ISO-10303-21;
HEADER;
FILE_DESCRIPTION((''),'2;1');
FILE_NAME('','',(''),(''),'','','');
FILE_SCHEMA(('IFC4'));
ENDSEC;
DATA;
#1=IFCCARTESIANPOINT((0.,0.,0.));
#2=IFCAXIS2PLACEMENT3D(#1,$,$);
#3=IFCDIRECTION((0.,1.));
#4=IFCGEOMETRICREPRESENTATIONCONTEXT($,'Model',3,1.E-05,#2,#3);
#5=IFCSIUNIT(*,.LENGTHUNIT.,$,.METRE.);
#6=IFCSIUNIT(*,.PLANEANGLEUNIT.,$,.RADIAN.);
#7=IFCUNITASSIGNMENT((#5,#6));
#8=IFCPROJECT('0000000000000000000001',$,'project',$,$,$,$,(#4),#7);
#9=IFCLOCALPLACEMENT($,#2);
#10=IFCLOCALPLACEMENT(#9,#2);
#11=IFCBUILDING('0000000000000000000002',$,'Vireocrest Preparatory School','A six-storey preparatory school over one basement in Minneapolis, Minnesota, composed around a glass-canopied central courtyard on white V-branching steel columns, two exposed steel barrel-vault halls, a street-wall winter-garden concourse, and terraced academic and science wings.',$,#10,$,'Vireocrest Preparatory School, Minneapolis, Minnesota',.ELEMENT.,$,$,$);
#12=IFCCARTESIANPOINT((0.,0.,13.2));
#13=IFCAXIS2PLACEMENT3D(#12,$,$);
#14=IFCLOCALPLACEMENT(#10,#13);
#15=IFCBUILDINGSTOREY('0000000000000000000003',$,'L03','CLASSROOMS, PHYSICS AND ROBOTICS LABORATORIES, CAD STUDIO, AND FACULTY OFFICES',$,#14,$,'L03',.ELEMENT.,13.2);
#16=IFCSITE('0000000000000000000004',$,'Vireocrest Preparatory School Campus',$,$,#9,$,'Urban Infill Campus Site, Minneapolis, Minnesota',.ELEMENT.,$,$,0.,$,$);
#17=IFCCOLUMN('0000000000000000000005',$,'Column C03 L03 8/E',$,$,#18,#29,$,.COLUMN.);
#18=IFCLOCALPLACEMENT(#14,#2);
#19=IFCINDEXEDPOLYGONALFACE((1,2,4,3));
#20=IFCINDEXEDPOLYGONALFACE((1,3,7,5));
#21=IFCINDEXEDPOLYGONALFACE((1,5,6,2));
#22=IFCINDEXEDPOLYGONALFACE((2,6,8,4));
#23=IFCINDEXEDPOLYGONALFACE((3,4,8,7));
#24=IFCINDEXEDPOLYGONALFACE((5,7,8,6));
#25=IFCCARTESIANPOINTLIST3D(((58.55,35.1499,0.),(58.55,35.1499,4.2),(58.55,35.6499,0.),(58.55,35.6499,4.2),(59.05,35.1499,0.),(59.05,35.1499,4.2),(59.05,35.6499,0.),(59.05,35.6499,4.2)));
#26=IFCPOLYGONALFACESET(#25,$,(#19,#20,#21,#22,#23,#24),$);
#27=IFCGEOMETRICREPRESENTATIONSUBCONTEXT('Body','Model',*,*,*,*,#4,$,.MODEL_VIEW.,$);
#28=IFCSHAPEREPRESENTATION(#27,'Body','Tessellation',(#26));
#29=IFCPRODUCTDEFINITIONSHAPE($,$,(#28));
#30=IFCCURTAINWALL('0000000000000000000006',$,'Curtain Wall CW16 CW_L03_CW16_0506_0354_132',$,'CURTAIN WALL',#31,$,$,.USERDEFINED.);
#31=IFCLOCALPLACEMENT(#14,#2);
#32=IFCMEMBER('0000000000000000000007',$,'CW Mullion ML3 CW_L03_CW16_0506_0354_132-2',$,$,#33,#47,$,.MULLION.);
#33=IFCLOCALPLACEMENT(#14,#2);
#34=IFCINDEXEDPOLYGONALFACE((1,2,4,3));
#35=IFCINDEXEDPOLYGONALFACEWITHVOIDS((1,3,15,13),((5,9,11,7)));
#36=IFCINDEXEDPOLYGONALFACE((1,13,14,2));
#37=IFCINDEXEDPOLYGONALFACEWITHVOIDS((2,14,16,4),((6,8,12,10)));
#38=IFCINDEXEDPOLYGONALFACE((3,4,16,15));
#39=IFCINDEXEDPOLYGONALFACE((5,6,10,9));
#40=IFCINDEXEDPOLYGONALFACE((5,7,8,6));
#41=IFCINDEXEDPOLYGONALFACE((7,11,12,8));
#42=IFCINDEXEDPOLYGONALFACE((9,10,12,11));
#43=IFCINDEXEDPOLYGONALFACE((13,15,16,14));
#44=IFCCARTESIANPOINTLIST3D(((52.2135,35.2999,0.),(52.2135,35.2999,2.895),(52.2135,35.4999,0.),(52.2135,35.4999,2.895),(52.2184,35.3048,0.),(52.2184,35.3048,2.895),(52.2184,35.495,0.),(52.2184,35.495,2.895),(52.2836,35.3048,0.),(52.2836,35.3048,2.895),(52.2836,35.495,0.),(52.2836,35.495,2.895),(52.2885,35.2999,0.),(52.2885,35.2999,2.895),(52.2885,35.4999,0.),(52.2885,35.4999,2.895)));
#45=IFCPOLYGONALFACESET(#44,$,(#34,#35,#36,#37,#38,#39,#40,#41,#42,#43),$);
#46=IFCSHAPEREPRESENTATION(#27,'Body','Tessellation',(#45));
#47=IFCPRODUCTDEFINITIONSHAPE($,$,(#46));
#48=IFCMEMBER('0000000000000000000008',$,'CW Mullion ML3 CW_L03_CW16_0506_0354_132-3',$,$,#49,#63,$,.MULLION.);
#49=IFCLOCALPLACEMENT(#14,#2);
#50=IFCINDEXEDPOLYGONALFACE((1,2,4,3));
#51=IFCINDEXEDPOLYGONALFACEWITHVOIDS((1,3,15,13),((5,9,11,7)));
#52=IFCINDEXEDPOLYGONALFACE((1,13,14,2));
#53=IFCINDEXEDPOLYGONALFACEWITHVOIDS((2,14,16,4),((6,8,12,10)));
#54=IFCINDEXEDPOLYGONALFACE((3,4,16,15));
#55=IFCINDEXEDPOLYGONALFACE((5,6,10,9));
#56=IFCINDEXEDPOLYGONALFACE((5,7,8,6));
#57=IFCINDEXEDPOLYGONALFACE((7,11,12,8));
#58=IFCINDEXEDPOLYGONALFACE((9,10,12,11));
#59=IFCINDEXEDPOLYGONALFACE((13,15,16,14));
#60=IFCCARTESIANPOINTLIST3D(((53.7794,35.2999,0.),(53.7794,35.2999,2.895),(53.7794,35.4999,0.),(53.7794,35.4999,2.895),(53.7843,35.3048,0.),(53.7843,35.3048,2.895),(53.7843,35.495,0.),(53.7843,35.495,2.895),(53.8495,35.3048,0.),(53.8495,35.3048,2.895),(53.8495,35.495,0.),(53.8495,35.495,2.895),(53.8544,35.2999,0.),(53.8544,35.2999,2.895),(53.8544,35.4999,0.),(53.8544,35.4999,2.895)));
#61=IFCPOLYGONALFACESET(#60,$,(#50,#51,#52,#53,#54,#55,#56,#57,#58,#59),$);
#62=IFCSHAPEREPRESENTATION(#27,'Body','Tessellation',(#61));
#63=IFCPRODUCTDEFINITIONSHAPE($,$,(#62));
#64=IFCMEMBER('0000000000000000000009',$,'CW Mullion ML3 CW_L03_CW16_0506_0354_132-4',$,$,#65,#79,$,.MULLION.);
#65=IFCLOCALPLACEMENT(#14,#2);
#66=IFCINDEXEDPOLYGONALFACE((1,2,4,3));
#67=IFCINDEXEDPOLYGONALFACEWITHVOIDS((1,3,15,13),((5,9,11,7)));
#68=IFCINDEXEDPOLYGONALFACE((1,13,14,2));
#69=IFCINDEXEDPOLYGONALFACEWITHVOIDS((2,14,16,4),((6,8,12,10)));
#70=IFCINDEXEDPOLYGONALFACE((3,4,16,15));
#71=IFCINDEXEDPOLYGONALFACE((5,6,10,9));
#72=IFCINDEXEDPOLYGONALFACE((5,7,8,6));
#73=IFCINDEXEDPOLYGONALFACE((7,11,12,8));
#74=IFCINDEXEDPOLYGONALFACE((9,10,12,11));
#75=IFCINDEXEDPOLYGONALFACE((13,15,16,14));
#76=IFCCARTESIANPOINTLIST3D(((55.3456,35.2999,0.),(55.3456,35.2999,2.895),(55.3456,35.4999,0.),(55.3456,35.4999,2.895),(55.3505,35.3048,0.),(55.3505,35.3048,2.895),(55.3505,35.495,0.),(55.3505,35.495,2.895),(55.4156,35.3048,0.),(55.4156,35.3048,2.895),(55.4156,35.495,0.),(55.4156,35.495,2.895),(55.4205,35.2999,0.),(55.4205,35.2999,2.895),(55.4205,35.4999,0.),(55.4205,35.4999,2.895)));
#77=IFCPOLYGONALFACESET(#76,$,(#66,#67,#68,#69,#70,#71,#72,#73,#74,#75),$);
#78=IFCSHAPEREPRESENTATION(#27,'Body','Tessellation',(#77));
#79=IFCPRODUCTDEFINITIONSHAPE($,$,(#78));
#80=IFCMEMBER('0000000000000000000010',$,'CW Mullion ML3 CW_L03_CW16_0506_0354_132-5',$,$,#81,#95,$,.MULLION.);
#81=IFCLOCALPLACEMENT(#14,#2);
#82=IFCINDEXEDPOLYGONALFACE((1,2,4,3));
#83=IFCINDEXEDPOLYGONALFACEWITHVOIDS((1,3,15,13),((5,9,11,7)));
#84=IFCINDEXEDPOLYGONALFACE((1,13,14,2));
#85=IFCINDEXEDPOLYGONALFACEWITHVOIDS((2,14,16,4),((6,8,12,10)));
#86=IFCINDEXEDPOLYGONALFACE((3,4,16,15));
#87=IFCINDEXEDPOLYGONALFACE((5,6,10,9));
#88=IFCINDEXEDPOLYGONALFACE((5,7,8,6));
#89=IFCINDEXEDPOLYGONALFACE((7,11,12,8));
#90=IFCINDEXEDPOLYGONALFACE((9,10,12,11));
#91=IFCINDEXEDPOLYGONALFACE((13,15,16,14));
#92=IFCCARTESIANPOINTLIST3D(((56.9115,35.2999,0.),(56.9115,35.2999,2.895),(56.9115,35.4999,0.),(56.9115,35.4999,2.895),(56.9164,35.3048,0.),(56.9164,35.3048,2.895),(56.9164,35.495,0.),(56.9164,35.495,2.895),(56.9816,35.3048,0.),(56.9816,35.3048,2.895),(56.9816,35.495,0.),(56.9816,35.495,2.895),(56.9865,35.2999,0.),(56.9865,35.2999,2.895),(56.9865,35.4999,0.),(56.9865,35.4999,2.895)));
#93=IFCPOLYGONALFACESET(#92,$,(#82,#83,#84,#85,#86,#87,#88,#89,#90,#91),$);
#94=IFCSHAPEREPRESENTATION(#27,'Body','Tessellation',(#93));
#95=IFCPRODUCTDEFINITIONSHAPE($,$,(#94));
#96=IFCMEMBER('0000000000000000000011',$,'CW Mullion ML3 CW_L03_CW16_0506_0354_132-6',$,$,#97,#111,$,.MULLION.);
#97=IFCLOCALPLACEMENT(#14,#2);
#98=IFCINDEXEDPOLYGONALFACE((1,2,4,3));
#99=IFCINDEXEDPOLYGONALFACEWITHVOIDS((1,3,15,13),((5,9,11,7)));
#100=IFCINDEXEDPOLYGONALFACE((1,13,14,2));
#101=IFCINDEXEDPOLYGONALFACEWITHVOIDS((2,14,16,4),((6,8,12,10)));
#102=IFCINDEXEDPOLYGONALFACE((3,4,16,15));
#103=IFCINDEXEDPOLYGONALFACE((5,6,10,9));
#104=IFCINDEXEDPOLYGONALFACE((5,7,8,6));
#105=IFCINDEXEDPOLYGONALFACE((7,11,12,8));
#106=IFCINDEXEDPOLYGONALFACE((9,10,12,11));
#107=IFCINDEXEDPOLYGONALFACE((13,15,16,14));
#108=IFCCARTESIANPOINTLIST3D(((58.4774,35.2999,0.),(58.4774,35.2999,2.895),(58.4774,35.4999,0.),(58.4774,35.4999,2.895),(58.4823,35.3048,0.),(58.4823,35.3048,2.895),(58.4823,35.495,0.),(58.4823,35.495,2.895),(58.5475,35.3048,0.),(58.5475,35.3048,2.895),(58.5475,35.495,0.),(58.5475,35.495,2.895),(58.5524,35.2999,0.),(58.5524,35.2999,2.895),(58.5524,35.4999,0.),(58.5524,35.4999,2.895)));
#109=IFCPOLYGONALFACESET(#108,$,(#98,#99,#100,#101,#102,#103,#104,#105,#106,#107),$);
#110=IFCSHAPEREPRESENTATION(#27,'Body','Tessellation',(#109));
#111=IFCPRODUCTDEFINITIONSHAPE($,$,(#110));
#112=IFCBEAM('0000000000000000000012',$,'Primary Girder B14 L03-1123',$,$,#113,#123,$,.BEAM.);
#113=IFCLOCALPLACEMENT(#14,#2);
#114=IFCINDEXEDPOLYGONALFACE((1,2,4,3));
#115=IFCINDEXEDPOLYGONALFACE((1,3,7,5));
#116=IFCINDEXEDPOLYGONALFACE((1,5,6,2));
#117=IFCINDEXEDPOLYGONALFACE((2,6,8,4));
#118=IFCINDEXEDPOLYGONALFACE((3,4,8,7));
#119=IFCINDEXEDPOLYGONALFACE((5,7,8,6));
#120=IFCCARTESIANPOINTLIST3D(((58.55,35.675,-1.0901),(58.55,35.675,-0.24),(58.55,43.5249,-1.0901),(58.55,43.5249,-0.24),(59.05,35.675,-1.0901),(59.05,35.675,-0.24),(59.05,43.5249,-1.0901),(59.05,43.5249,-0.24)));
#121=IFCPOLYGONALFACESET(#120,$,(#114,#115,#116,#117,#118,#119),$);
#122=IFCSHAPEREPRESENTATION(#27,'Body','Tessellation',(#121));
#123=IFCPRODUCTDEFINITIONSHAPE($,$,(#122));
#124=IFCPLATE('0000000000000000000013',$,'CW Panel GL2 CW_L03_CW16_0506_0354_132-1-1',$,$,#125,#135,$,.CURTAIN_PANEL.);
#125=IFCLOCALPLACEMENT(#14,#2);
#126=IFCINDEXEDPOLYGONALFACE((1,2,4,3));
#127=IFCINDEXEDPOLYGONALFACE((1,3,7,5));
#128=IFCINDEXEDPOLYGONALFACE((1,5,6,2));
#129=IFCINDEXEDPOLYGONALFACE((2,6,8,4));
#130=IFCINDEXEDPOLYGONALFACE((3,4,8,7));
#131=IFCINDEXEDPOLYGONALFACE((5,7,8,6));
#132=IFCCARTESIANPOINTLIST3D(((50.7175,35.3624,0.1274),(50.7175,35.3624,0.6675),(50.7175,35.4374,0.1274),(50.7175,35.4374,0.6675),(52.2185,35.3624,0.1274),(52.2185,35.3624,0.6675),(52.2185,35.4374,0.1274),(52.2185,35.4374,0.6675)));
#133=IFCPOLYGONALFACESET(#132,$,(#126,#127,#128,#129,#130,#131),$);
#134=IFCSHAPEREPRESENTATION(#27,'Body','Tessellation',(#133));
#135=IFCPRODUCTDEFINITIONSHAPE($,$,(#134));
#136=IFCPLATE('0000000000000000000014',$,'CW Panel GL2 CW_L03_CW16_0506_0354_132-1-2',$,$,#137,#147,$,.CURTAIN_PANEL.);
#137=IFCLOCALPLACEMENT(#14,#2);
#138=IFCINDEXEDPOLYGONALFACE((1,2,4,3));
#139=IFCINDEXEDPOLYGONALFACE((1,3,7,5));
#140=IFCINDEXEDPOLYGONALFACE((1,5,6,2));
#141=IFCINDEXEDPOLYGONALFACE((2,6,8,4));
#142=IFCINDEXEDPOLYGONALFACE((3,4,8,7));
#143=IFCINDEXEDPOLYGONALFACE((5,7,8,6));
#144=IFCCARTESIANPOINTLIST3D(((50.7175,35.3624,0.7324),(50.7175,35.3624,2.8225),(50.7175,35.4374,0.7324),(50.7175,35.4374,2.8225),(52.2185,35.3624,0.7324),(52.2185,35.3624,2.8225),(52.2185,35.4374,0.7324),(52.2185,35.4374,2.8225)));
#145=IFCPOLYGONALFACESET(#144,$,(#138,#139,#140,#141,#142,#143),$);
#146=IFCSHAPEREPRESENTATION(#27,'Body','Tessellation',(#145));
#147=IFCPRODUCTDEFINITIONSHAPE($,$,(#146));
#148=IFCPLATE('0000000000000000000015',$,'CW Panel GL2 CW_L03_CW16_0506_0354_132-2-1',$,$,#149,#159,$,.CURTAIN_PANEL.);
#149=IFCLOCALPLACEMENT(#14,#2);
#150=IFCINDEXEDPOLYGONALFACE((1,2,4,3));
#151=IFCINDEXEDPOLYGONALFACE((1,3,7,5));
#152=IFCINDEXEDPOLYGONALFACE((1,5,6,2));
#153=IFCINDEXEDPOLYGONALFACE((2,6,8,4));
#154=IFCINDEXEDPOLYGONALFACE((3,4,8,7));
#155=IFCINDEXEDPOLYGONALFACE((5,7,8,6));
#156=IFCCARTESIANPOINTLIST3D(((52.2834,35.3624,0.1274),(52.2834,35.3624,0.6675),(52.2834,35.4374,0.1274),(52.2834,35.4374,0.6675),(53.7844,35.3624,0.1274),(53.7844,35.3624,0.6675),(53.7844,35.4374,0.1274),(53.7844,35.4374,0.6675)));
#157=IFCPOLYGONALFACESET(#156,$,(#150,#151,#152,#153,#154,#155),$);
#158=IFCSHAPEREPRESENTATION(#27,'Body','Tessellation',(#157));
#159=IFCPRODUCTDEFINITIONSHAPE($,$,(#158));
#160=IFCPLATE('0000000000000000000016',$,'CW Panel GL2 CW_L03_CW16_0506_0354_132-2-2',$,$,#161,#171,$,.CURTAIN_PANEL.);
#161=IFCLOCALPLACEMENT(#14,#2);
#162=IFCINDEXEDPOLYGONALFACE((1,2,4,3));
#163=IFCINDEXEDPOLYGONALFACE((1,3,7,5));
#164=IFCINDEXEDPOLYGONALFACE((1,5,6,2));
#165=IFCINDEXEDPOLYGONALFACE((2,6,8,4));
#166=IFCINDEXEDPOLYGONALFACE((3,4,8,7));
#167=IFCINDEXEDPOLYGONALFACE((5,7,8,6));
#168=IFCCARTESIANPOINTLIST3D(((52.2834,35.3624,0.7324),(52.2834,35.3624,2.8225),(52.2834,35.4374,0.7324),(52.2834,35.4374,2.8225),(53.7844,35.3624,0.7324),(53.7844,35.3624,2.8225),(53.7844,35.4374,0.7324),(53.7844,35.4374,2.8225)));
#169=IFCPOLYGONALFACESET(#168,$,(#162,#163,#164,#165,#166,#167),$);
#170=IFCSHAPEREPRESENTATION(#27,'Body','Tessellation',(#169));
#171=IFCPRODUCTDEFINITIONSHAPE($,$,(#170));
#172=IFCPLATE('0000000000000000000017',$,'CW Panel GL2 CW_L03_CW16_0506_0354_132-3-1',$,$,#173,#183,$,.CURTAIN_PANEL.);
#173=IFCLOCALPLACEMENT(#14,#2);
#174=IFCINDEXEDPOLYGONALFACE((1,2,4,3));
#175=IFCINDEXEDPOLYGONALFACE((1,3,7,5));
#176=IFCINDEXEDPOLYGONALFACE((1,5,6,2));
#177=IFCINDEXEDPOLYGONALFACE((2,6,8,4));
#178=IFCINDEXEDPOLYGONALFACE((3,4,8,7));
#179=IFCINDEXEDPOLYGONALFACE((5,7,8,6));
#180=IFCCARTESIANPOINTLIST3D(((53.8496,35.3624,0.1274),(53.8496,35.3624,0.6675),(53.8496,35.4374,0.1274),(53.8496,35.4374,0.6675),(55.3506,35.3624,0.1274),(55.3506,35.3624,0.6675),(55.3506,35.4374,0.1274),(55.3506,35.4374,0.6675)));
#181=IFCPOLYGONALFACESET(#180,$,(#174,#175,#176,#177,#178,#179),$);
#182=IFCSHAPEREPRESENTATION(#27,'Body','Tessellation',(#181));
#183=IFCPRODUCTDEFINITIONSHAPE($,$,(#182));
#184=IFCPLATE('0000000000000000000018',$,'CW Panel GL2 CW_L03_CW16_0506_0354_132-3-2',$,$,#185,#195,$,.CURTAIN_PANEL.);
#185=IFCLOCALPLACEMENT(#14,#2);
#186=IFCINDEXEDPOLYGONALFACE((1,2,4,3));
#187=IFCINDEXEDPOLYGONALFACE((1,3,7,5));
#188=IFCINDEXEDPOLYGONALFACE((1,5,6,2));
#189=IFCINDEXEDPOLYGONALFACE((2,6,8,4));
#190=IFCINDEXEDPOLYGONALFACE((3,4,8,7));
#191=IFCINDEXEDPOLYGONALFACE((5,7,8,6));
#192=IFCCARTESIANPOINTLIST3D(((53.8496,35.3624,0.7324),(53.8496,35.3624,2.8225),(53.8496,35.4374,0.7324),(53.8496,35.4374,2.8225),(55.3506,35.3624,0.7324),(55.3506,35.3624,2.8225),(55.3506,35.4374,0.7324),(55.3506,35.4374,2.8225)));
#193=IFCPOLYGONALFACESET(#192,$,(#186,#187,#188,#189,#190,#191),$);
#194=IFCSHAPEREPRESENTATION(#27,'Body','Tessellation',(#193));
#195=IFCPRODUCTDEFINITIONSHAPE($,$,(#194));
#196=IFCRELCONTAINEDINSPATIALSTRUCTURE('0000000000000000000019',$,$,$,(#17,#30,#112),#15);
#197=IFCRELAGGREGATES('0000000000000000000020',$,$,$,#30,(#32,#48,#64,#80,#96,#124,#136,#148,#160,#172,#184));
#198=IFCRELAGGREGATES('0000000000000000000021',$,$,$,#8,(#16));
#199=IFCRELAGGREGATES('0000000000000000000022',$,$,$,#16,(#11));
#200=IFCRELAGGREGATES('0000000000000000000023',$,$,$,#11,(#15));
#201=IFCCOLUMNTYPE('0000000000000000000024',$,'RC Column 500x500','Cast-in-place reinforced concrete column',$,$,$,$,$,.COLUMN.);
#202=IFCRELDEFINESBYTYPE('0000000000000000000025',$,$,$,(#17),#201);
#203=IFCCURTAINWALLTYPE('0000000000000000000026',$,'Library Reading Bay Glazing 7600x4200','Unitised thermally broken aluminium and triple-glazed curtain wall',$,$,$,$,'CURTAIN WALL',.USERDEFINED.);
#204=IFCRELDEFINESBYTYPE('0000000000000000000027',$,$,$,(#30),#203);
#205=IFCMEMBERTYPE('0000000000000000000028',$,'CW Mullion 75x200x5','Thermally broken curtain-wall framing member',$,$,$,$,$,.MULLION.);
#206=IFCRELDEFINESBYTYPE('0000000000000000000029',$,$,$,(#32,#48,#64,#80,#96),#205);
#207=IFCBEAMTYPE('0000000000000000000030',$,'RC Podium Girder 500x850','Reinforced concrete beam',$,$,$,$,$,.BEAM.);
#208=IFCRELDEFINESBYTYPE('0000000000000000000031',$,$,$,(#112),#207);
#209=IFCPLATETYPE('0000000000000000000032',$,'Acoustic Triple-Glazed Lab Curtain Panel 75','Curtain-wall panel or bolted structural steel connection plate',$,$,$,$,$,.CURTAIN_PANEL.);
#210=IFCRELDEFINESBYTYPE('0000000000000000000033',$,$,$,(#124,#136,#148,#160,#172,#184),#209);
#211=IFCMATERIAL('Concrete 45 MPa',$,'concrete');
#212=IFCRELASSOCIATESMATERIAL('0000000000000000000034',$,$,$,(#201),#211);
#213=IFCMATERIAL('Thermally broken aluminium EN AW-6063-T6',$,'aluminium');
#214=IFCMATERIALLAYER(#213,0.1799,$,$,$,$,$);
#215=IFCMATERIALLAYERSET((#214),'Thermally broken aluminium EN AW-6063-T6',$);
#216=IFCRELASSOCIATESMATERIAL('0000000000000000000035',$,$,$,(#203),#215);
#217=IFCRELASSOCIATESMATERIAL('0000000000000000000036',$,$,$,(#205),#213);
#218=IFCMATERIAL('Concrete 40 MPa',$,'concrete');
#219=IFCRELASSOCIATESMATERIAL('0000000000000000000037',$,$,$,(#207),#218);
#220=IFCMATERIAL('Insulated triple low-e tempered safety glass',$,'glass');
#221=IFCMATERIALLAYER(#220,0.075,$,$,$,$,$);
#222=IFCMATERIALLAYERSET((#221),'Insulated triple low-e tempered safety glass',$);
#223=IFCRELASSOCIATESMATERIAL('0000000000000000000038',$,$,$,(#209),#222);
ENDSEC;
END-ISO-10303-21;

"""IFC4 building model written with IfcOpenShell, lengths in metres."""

from ifc_helpers import new_model, si_unit, direction, frame, origin, origin_2d, place, context, subcontext, project, spatial, rectangle, hollow_rectangle, extrude, material, layer, layer_set, material_profile, profile_set, type_object, element, aggregate, save


model = new_model("IFC4")

# Units and contexts
model_context = context("Model", 3, precision=1e-05, world=origin(), true_north=direction((0.0, 1.0)))
body_context = subcontext(model_context, "Body", "Model", "MODEL_VIEW")
ifc_project = project(units=[si_unit("LENGTHUNIT", "METRE"), si_unit("PLANEANGLEUNIT", "RADIAN")], contexts=[model_context])

# Site, building, storey
site_placement = place(None, origin())
site = spatial("IfcSite", under=ifc_project, at=site_placement, Name="Vireocrest Preparatory School Campus", LongName="Urban Infill Campus Site, Minneapolis, Minnesota", CompositionType="ELEMENT", RefElevation=0.0)
building_placement = place(site_placement, origin())
building = spatial("IfcBuilding", under=site, at=building_placement, Name="Vireocrest Preparatory School", Description="A six-storey preparatory school over one basement in Minneapolis, Minnesota, composed around a glass-canopied central courtyard on white V-branching steel columns, two exposed steel barrel-vault halls, a street-wall winter-garden concourse, and terraced academic and science wings.", LongName="Vireocrest Preparatory School, Minneapolis, Minnesota", CompositionType="ELEMENT")
storey_placement = place(building_placement, frame((0.0, 0.0, 13.2)))
storey = spatial("IfcBuildingStorey", under=building, at=storey_placement, Name="L03", Description="CLASSROOMS, PHYSICS AND ROBOTICS LABORATORIES, CAD STUDIO, AND FACULTY OFFICES", LongName="L03", CompositionType="ELEMENT", Elevation=13.2)

# Column
ifc_material_1 = material(Name="Concrete 45 MPa", Category="concrete")
ifc_material_profile_1 = material_profile(ifc_material_1, rectangle(XDim=0.5, YDim=0.5, at=origin_2d()), Name="RC 500x500")
ifc_profile_set_1 = profile_set([ifc_material_profile_1], Name="Concrete 45 MPa")
column_type = type_object("IfcColumnType", Name="RC Column 500x500", Description="Cast-in-place reinforced concrete column", PredefinedType="COLUMN", material=ifc_profile_set_1)
column_placement = place(storey_placement, frame((58.8, 35.3999, 0.0), z_axis=(0.0, 0.0, 1.0), x_axis=(1.0, 0.0, 0.0)))
element("IfcColumn", 1, at=column_placement, inside=storey, type_object=column_type, Name="Column C03 L03 8/E", PredefinedType="COLUMN", context=body_context, shape_type="SweptSolid", body=[
    extrude(rectangle(XDim=0.5, YDim=0.5, at=origin_2d()), origin(), (0.0, 0.0, 1.0), 4.2),
])

# Curtain wall, members
ifc_material_2 = material(Name="Thermally broken aluminium EN AW-6063-T6", Category="aluminium")
ifc_layer_1 = layer(ifc_material_2, 0.1799)
ifc_layer_set_1 = layer_set([ifc_layer_1], Name="Thermally broken aluminium EN AW-6063-T6")
curtain_wall_type = type_object("IfcCurtainWallType", Name="Library Reading Bay Glazing 7600x4200", Description="Unitised thermally broken aluminium and triple-glazed curtain wall", ElementType="CURTAIN WALL", PredefinedType="USERDEFINED", material=ifc_layer_set_1)
curtain_wall_placement = place(storey_placement, origin())
curtain_wall = element("IfcCurtainWall", 2, at=curtain_wall_placement, inside=storey, type_object=curtain_wall_type, Name="Curtain Wall CW16 CW_L03_CW16_0506_0354_132", ObjectType="CURTAIN WALL", PredefinedType="USERDEFINED")
ifc_material_profile_2 = material_profile(ifc_material_2, hollow_rectangle(XDim=0.075, YDim=0.2, WallThickness=0.0049, at=origin_2d()), Name="ALU 75x200x5")
ifc_profile_set_2 = profile_set([ifc_material_profile_2], Name="Thermally broken aluminium EN AW-6063-T6")
member_type = type_object("IfcMemberType", Name="CW Mullion 75x200x5", Description="Thermally broken curtain-wall framing member", PredefinedType="MULLION", material=ifc_profile_set_2)
member_1_placement = place(storey_placement, frame((52.251, 35.3999, 0.0), z_axis=(0.0, 0.0, 1.0), x_axis=(1.0, 0.0, 0.0)))
member_1 = element("IfcMember", 3, at=member_1_placement, type_object=member_type, Name="CW Mullion ML3 CW_L03_CW16_0506_0354_132-2", PredefinedType="MULLION", context=body_context, shape_type="SweptSolid", body=[
    extrude(hollow_rectangle(XDim=0.075, YDim=0.2, WallThickness=0.0049, at=origin_2d()), origin(), (0.0, 0.0, 1.0), 2.895),
])
member_2_placement = place(storey_placement, frame((53.8169, 35.3999, 0.0), z_axis=(0.0, 0.0, 1.0), x_axis=(1.0, 0.0, 0.0)))
member_2 = element("IfcMember", 4, at=member_2_placement, type_object=member_type, Name="CW Mullion ML3 CW_L03_CW16_0506_0354_132-3", PredefinedType="MULLION", context=body_context, shape_type="SweptSolid", body=[
    extrude(hollow_rectangle(XDim=0.075, YDim=0.2, WallThickness=0.0049, at=origin_2d()), origin(), (0.0, 0.0, 1.0), 2.895),
])
member_3_placement = place(storey_placement, frame((55.3831, 35.3999, 0.0), z_axis=(0.0, 0.0, 1.0), x_axis=(1.0, 0.0, 0.0)))
member_3 = element("IfcMember", 5, at=member_3_placement, type_object=member_type, Name="CW Mullion ML3 CW_L03_CW16_0506_0354_132-4", PredefinedType="MULLION", context=body_context, shape_type="SweptSolid", body=[
    extrude(hollow_rectangle(XDim=0.075, YDim=0.2, WallThickness=0.0049, at=origin_2d()), origin(), (0.0, 0.0, 1.0), 2.895),
])
member_4_placement = place(storey_placement, frame((56.949, 35.3999, 0.0), z_axis=(0.0, 0.0, 1.0), x_axis=(1.0, 0.0, 0.0)))
member_4 = element("IfcMember", 6, at=member_4_placement, type_object=member_type, Name="CW Mullion ML3 CW_L03_CW16_0506_0354_132-5", PredefinedType="MULLION", context=body_context, shape_type="SweptSolid", body=[
    extrude(hollow_rectangle(XDim=0.075, YDim=0.2, WallThickness=0.0049, at=origin_2d()), origin(), (0.0, 0.0, 1.0), 2.895),
])
member_5_placement = place(storey_placement, frame((58.5149, 35.3999, 0.0), z_axis=(0.0, 0.0, 1.0), x_axis=(1.0, 0.0, 0.0)))
member_5 = element("IfcMember", 7, at=member_5_placement, type_object=member_type, Name="CW Mullion ML3 CW_L03_CW16_0506_0354_132-6", PredefinedType="MULLION", context=body_context, shape_type="SweptSolid", body=[
    extrude(hollow_rectangle(XDim=0.075, YDim=0.2, WallThickness=0.0049, at=origin_2d()), origin(), (0.0, 0.0, 1.0), 2.895),
])

# Beam
ifc_material_3 = material(Name="Concrete 40 MPa", Category="concrete")
ifc_material_profile_3 = material_profile(ifc_material_3, rectangle(XDim=0.5, YDim=0.8501, at=origin_2d()), Name="RC 500x850")
ifc_profile_set_3 = profile_set([ifc_material_profile_3], Name="Concrete 40 MPa")
beam_type = type_object("IfcBeamType", Name="RC Podium Girder 500x850", Description="Reinforced concrete beam", PredefinedType="BEAM", material=ifc_profile_set_3)
beam_placement = place(storey_placement, frame((58.8, 35.675, -0.665), z_axis=(0.0, 1.0, 0.0), x_axis=(-1.0, 0.0, 0.0)))
element("IfcBeam", 8, at=beam_placement, inside=storey, type_object=beam_type, Name="Primary Girder B14 L03-1123", PredefinedType="BEAM", context=body_context, shape_type="SweptSolid", body=[
    extrude(rectangle(XDim=0.5, YDim=0.8501, at=origin_2d()), origin(), (0.0, 0.0, 1.0), 7.8499),
])

# Plates
ifc_material_4 = material(Name="Insulated triple low-e tempered safety glass", Category="glass")
ifc_layer_2 = layer(ifc_material_4, 0.075)
ifc_layer_set_2 = layer_set([ifc_layer_2], Name="Insulated triple low-e tempered safety glass")
plate_type = type_object("IfcPlateType", Name="Acoustic Triple-Glazed Lab Curtain Panel 75", Description="Curtain-wall panel or bolted structural steel connection plate", PredefinedType="CURTAIN_PANEL", material=ifc_layer_set_2)
plate_1_placement = place(storey_placement, frame((51.468, 35.3999, 0.1274), z_axis=(0.0, 0.0, 1.0), x_axis=(1.0, 0.0, 0.0)))
plate_1 = element("IfcPlate", 9, at=plate_1_placement, type_object=plate_type, Name="CW Panel GL2 CW_L03_CW16_0506_0354_132-1-1", PredefinedType="CURTAIN_PANEL", context=body_context, shape_type="SweptSolid", body=[
    extrude(rectangle(XDim=1.501, YDim=0.075, at=origin_2d()), origin(), (0.0, 0.0, 1.0), 0.54),
])
plate_2_placement = place(storey_placement, frame((51.468, 35.3999, 0.7324), z_axis=(0.0, 0.0, 1.0), x_axis=(1.0, 0.0, 0.0)))
plate_2 = element("IfcPlate", 10, at=plate_2_placement, type_object=plate_type, Name="CW Panel GL2 CW_L03_CW16_0506_0354_132-1-2", PredefinedType="CURTAIN_PANEL", context=body_context, shape_type="SweptSolid", body=[
    extrude(rectangle(XDim=1.501, YDim=0.075, at=origin_2d()), origin(), (0.0, 0.0, 1.0), 2.0901),
])
plate_3_placement = place(storey_placement, frame((53.0339, 35.3999, 0.1274), z_axis=(0.0, 0.0, 1.0), x_axis=(1.0, 0.0, 0.0)))
plate_3 = element("IfcPlate", 11, at=plate_3_placement, type_object=plate_type, Name="CW Panel GL2 CW_L03_CW16_0506_0354_132-2-1", PredefinedType="CURTAIN_PANEL", context=body_context, shape_type="SweptSolid", body=[
    extrude(rectangle(XDim=1.501, YDim=0.075, at=origin_2d()), origin(), (0.0, 0.0, 1.0), 0.54),
])
plate_4_placement = place(storey_placement, frame((53.0339, 35.3999, 0.7324), z_axis=(0.0, 0.0, 1.0), x_axis=(1.0, 0.0, 0.0)))
plate_4 = element("IfcPlate", 12, at=plate_4_placement, type_object=plate_type, Name="CW Panel GL2 CW_L03_CW16_0506_0354_132-2-2", PredefinedType="CURTAIN_PANEL", context=body_context, shape_type="SweptSolid", body=[
    extrude(rectangle(XDim=1.501, YDim=0.075, at=origin_2d()), origin(), (0.0, 0.0, 1.0), 2.0901),
])
plate_5_placement = place(storey_placement, frame((54.6001, 35.3999, 0.1274), z_axis=(0.0, 0.0, 1.0), x_axis=(1.0, 0.0, 0.0)))
plate_5 = element("IfcPlate", 13, at=plate_5_placement, type_object=plate_type, Name="CW Panel GL2 CW_L03_CW16_0506_0354_132-3-1", PredefinedType="CURTAIN_PANEL", context=body_context, shape_type="SweptSolid", body=[
    extrude(rectangle(XDim=1.501, YDim=0.075, at=origin_2d()), origin(), (0.0, 0.0, 1.0), 0.54),
])
plate_6_placement = place(storey_placement, frame((54.6001, 35.3999, 0.7324), z_axis=(0.0, 0.0, 1.0), x_axis=(1.0, 0.0, 0.0)))
plate_6 = element("IfcPlate", 14, at=plate_6_placement, type_object=plate_type, Name="CW Panel GL2 CW_L03_CW16_0506_0354_132-3-2", PredefinedType="CURTAIN_PANEL", context=body_context, shape_type="SweptSolid", body=[
    extrude(rectangle(XDim=1.501, YDim=0.075, at=origin_2d()), origin(), (0.0, 0.0, 1.0), 2.0901),
])
aggregate(curtain_wall, [member_1, member_2, member_3, member_4, member_5, plate_1, plate_2, plate_3, plate_4, plate_5, plate_6])

save(model, "model.ifc")
